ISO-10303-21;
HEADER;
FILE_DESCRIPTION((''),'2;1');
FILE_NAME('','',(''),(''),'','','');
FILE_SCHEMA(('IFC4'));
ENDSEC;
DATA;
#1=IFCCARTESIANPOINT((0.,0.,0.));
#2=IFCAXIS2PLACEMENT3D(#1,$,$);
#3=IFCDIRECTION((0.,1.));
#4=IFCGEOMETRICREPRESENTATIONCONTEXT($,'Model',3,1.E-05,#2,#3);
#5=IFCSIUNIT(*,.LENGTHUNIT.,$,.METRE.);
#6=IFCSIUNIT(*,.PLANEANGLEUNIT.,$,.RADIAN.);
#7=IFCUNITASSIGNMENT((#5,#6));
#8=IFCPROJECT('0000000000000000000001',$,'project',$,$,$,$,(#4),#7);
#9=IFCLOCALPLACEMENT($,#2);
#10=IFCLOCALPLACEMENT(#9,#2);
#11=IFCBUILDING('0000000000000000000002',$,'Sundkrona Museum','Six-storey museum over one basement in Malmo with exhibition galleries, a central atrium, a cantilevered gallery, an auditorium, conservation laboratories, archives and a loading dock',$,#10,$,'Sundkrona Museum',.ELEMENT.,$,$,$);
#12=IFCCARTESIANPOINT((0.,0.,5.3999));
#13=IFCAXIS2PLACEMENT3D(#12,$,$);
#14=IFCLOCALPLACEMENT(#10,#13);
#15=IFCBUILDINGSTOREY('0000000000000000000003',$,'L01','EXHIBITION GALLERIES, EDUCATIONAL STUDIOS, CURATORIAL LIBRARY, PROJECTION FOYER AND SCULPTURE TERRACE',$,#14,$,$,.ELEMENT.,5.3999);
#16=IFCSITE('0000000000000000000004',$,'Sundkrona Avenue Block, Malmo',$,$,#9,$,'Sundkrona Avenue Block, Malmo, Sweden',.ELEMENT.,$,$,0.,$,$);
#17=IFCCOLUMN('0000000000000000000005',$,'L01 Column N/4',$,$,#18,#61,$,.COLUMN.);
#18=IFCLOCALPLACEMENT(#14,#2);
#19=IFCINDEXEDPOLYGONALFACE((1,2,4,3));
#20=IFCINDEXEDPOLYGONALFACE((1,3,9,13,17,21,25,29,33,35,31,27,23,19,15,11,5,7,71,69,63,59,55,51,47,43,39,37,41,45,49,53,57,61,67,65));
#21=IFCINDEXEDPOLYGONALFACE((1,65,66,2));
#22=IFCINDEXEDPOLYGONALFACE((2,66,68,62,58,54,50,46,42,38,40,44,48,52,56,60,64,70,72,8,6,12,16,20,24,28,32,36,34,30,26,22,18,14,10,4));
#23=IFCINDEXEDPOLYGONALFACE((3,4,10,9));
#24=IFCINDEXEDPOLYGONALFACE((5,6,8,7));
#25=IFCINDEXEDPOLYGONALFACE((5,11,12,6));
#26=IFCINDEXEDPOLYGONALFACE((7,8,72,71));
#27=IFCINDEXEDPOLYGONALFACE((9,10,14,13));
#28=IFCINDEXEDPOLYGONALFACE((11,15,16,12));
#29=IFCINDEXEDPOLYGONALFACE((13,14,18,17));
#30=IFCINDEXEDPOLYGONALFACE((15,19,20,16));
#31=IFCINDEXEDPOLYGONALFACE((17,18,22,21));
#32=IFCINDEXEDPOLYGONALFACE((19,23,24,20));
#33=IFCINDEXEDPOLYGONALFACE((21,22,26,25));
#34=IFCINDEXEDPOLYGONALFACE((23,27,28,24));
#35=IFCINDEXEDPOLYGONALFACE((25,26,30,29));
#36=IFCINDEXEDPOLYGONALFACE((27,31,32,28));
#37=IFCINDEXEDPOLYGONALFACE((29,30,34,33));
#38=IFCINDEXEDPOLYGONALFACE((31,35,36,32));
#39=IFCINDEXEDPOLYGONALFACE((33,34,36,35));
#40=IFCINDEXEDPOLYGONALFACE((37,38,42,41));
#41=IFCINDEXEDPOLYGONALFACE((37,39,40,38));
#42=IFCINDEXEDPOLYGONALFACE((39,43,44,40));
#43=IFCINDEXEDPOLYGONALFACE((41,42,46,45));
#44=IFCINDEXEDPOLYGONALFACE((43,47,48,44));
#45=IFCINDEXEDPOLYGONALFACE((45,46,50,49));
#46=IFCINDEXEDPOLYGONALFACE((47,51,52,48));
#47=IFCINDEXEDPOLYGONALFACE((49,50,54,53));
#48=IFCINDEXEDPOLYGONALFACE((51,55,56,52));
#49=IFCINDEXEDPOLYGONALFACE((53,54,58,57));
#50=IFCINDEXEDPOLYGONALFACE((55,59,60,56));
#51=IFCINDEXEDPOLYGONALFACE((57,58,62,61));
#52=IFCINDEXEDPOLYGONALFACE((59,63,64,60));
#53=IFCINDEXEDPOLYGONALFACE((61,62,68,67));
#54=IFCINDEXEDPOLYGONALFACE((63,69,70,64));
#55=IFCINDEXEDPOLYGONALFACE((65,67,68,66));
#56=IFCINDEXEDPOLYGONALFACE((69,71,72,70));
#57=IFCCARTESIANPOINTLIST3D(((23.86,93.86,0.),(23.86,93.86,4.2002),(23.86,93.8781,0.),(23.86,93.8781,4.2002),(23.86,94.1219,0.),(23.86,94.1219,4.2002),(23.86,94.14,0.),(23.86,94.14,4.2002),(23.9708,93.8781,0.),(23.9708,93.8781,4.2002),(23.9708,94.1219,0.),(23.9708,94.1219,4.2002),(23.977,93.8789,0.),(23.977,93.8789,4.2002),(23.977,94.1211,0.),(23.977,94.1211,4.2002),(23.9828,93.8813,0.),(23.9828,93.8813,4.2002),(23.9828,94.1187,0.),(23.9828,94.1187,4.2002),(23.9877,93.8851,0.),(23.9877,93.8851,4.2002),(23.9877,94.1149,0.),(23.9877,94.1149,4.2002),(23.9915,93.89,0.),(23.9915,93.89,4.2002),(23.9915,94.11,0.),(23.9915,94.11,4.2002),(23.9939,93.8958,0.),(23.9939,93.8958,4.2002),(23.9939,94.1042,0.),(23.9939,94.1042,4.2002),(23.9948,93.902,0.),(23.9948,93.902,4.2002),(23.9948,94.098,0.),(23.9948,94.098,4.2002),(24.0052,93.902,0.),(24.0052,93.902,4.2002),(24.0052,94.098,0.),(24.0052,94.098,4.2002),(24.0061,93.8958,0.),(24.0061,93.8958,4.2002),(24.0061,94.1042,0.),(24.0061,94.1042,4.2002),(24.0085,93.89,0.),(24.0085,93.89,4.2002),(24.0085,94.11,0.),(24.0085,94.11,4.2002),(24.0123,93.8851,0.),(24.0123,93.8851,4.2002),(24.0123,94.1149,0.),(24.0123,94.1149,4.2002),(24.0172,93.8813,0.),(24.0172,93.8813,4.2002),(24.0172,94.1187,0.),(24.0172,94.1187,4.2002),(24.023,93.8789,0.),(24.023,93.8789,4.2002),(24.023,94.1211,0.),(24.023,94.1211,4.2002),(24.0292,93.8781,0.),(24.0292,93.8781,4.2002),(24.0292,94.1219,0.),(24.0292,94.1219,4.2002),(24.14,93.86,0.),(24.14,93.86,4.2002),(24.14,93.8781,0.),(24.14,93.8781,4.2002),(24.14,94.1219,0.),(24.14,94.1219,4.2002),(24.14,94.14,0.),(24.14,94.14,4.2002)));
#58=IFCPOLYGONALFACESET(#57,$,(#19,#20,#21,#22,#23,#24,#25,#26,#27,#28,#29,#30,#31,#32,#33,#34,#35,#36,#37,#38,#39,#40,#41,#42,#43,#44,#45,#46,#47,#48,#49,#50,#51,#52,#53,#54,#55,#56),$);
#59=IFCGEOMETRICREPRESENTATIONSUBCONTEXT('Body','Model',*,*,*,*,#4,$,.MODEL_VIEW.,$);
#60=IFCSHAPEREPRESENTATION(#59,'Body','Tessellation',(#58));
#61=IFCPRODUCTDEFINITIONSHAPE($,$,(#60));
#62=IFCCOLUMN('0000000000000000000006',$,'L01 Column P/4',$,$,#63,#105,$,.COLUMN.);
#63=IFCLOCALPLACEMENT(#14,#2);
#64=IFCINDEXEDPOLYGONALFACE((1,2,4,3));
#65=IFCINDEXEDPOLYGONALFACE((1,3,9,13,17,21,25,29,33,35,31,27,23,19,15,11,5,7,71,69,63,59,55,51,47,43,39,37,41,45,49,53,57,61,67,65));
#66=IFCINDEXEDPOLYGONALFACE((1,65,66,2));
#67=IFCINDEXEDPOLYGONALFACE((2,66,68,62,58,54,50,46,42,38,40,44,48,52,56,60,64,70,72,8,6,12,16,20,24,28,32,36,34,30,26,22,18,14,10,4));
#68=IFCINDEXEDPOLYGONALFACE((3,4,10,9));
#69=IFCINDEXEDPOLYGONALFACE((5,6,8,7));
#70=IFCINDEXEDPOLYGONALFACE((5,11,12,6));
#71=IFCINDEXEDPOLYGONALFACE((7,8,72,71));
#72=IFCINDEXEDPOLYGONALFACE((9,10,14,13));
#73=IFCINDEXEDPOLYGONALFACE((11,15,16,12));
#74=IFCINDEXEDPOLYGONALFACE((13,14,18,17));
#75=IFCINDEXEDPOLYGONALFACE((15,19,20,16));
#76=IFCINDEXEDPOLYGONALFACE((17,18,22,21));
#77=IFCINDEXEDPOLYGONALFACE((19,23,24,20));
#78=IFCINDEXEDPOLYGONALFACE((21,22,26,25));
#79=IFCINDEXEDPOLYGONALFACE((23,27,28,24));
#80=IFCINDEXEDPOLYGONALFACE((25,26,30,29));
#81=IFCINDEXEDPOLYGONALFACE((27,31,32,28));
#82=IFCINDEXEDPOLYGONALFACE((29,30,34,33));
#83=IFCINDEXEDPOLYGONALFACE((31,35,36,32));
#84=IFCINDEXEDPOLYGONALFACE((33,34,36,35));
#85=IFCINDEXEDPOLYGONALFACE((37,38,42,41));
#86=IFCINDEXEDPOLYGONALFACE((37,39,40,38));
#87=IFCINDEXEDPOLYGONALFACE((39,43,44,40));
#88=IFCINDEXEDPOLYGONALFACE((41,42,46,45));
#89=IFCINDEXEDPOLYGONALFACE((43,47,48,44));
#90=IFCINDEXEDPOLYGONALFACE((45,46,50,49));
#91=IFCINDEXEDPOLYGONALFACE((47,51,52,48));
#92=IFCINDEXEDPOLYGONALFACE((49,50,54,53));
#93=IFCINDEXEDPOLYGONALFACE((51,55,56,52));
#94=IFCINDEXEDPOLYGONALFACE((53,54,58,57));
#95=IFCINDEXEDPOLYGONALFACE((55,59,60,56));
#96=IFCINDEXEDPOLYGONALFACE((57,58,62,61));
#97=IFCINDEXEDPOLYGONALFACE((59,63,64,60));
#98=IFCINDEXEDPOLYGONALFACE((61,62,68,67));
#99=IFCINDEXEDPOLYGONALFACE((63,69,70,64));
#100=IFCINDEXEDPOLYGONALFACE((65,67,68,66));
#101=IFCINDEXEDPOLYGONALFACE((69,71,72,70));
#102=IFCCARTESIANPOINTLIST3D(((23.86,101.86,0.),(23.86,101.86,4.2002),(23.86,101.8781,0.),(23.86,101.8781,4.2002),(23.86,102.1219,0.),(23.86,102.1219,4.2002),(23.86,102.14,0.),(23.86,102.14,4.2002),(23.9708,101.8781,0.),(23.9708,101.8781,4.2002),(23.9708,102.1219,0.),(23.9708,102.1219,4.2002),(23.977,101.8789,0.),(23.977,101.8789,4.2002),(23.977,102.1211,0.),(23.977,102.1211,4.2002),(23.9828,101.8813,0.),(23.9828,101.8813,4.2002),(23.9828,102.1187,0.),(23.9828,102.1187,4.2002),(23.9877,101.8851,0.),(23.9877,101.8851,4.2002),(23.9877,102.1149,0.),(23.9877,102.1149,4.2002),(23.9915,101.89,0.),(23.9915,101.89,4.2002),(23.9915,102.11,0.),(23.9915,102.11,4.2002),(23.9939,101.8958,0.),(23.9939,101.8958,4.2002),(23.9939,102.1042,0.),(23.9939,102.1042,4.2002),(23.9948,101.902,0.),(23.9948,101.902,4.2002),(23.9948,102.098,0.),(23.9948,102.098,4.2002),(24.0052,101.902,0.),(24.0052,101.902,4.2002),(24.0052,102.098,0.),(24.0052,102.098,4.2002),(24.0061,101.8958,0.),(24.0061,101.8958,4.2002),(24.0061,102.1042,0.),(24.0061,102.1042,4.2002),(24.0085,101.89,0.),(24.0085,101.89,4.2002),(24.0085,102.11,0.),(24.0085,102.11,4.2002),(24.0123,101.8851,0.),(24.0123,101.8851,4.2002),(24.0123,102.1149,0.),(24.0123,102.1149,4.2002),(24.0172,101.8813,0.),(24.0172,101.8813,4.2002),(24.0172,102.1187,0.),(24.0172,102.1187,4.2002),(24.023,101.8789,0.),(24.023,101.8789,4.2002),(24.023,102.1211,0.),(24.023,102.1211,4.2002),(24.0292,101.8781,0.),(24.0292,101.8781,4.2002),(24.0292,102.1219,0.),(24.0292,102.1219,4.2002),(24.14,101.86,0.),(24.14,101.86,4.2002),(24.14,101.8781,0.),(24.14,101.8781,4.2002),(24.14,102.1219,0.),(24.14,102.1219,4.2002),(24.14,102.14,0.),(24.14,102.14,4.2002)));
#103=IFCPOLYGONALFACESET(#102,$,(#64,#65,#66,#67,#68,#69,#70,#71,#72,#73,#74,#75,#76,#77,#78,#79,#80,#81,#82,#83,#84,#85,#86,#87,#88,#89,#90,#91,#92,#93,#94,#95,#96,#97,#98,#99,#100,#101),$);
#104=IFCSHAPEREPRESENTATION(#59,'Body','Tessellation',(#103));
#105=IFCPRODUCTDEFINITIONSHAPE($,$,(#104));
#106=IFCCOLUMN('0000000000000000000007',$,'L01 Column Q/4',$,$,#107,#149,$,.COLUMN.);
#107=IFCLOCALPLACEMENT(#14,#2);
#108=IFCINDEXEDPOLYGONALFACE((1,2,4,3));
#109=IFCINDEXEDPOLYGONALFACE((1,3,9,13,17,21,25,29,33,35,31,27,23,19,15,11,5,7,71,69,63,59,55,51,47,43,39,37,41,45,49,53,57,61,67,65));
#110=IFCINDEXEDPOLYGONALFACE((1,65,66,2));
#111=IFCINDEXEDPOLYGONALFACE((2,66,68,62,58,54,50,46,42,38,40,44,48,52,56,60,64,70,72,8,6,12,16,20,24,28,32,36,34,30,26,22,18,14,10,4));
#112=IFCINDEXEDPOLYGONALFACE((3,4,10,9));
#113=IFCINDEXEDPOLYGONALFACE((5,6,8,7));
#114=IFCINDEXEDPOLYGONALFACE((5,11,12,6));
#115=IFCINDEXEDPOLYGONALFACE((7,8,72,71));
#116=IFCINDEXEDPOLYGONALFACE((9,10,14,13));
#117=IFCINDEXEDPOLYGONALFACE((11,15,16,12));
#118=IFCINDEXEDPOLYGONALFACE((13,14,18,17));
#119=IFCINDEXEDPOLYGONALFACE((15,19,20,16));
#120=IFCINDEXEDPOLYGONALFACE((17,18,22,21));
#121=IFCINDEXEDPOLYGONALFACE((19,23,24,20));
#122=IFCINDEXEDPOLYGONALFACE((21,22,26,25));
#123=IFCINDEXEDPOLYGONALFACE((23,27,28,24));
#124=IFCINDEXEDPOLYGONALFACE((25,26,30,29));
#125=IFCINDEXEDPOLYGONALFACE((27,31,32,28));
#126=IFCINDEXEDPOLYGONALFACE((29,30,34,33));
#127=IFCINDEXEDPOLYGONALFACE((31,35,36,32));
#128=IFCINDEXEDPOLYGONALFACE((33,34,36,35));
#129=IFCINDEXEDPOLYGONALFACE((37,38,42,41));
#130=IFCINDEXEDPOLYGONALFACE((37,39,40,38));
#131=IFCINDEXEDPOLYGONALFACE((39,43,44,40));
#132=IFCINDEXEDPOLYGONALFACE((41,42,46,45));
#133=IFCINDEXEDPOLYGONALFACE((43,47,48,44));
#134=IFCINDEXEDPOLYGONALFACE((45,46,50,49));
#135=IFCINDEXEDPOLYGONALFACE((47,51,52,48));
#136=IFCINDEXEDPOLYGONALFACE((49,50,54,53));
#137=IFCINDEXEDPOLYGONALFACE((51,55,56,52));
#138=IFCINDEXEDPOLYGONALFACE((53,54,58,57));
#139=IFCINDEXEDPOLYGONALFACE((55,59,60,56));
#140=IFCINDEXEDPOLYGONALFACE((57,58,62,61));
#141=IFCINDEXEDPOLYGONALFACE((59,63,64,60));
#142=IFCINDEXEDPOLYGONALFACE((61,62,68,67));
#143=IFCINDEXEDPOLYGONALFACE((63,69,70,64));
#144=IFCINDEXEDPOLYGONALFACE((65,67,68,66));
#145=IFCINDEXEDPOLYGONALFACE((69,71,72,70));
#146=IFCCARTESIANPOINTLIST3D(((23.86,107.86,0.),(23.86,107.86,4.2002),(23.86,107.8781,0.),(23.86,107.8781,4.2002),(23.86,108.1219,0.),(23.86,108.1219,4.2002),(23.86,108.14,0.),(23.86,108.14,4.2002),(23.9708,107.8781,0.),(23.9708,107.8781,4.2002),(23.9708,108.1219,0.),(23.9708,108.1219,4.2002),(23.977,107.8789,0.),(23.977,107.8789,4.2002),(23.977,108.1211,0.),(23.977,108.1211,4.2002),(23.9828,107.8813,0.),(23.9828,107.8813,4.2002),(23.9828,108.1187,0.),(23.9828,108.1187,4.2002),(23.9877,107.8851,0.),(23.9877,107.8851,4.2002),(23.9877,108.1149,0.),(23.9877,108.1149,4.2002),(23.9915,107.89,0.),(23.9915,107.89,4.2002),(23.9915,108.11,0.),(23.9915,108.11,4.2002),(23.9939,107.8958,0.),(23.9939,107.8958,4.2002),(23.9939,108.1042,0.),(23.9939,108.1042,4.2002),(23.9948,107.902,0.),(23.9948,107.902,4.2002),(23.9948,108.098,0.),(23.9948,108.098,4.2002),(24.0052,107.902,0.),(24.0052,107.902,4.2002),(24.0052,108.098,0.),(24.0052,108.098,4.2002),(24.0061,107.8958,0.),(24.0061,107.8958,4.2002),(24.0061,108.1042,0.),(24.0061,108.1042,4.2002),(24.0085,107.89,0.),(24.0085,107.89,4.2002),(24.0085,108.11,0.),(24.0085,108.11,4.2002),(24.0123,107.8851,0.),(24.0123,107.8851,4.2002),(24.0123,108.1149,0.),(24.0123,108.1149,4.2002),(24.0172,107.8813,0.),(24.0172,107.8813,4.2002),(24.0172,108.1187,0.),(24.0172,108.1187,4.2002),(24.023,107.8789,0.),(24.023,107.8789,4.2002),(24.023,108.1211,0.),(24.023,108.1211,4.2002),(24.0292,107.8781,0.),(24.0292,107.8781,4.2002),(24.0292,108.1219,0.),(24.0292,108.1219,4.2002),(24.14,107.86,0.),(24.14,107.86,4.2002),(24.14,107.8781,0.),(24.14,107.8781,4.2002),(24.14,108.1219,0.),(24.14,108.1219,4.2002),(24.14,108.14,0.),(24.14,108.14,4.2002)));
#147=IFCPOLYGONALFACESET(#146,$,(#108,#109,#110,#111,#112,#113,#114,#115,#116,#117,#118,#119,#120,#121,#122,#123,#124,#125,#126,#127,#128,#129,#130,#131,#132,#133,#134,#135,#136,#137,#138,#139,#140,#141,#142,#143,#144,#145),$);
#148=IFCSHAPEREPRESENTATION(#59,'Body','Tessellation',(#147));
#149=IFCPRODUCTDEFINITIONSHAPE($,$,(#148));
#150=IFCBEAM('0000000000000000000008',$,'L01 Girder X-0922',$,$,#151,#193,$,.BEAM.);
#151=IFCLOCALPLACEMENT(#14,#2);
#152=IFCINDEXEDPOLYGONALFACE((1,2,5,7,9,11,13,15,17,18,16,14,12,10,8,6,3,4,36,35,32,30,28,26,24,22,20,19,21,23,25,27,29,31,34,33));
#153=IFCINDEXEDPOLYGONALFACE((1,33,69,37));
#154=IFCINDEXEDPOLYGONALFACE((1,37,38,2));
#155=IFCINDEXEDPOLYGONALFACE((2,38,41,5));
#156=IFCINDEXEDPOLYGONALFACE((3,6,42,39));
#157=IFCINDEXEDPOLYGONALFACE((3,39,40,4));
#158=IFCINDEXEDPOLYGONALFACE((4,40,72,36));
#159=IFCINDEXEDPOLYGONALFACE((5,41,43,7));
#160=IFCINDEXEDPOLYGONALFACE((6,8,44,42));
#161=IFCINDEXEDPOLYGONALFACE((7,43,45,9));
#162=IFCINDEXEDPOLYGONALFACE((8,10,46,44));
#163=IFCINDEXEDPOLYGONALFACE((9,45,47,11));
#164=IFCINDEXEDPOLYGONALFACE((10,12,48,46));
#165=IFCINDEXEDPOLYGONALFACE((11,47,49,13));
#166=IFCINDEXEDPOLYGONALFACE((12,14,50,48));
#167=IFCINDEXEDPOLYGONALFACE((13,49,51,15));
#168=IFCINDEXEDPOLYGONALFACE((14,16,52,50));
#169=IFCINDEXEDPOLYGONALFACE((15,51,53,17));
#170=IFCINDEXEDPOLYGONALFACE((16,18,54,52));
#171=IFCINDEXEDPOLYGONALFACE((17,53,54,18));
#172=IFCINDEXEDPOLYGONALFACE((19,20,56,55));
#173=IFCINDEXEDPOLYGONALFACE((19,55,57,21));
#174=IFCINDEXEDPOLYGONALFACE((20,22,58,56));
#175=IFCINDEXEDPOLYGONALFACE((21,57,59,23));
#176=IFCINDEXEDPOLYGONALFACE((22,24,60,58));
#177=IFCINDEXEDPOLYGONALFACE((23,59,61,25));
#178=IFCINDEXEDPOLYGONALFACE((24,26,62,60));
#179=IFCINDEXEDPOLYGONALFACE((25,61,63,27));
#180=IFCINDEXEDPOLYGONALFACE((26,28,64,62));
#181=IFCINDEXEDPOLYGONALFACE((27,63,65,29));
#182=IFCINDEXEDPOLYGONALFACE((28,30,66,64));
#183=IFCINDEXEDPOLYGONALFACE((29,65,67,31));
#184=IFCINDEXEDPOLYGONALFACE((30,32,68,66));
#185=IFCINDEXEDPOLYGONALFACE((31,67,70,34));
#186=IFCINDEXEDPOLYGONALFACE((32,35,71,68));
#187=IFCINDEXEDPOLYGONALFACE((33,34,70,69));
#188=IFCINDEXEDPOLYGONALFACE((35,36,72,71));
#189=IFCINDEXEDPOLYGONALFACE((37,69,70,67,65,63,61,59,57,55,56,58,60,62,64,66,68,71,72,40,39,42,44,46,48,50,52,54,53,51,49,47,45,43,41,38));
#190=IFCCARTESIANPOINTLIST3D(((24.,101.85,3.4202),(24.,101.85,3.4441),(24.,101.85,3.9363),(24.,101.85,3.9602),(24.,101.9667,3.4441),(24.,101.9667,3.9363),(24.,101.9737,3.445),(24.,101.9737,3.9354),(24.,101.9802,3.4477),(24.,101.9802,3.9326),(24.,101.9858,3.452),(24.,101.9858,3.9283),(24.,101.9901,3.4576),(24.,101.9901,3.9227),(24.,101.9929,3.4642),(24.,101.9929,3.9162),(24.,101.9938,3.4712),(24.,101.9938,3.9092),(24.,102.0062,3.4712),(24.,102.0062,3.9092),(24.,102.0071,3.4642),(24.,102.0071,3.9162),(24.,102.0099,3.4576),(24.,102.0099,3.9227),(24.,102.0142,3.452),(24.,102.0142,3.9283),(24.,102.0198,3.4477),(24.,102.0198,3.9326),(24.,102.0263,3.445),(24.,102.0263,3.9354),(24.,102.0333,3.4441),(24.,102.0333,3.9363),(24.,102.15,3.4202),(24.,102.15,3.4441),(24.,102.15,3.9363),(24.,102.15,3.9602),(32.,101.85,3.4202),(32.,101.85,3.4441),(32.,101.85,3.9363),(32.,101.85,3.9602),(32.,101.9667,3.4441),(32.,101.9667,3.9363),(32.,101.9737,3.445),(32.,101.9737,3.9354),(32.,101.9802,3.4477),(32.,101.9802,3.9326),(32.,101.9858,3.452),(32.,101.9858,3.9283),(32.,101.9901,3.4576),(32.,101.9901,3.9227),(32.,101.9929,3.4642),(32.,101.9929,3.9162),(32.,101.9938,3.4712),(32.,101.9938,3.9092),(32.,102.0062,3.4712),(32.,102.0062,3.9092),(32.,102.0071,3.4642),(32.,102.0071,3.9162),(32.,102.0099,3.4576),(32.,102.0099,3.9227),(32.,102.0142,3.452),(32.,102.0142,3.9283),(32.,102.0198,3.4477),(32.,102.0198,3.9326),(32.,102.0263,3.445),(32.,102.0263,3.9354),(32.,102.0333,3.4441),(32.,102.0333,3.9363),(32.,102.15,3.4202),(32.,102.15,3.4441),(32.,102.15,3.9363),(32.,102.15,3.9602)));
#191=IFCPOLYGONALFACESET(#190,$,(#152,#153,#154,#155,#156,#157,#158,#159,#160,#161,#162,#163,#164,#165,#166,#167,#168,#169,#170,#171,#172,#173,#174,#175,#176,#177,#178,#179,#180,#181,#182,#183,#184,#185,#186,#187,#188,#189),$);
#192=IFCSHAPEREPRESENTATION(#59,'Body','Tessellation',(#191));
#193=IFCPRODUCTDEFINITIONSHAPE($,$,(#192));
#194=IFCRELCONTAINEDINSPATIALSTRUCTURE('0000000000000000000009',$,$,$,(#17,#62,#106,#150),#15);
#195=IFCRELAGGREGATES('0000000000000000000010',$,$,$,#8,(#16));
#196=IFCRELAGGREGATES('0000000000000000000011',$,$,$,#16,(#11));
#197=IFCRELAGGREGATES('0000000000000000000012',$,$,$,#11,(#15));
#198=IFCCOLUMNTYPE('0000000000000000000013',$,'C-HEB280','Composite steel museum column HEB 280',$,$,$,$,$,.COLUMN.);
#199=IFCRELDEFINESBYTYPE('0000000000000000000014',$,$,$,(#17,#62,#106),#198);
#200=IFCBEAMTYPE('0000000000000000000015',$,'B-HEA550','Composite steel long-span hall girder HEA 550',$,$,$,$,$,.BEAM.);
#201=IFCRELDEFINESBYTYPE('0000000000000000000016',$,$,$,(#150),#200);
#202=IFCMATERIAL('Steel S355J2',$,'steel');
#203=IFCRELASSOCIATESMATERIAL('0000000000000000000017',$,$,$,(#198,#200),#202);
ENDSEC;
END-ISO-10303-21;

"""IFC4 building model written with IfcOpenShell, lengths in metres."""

from ifc_helpers import new_model, si_unit, direction, frame, origin, origin_2d, place, context, subcontext, project, spatial, i_section, extrude, material, material_profile, profile_set, type_object, element, save


model = new_model("IFC4")

# Units and contexts
model_context = context("Model", 3, precision=1e-05, world=origin(), true_north=direction((0.0, 1.0)))
body_context = subcontext(model_context, "Body", "Model", "MODEL_VIEW")
ifc_project = project(units=[si_unit("LENGTHUNIT", "METRE"), si_unit("PLANEANGLEUNIT", "RADIAN")], contexts=[model_context])

# Site, building, storey
site_placement = place(None, origin())
site = spatial("IfcSite", under=ifc_project, at=site_placement, Name="Sundkrona Avenue Block, Malmo", LongName="Sundkrona Avenue Block, Malmo, Sweden", CompositionType="ELEMENT", RefElevation=0.0)
building_placement = place(site_placement, origin())
building = spatial("IfcBuilding", under=site, at=building_placement, Name="Sundkrona Museum", Description="Six-storey museum over one basement in Malmo with exhibition galleries, a central atrium, a cantilevered gallery, an auditorium, conservation laboratories, archives and a loading dock", LongName="Sundkrona Museum", CompositionType="ELEMENT")
storey_placement = place(building_placement, frame((0.0, 0.0, 5.3999)))
storey = spatial("IfcBuildingStorey", under=building, at=storey_placement, Name="L01", Description="EXHIBITION GALLERIES, EDUCATIONAL STUDIOS, CURATORIAL LIBRARY, PROJECTION FOYER AND SCULPTURE TERRACE", CompositionType="ELEMENT", Elevation=5.3999)

# Columns
ifc_material_1 = material(Name="Steel S355J2", Category="steel")
ifc_material_profile_1 = material_profile(ifc_material_1, i_section(OverallWidth=0.28, OverallDepth=0.28, WebThickness=0.0105, FlangeThickness=0.0181, FilletRadius=0.0239, at=origin_2d()), Name="HEB 280")
ifc_profile_set_1 = profile_set([ifc_material_profile_1], Name="Steel S355J2")
column_type = type_object("IfcColumnType", Name="C-HEB280", Description="Composite steel museum column HEB 280", PredefinedType="COLUMN", material=ifc_profile_set_1)
for number, where, z_axis, x_axis, name in (
    (1, (24.0, 94.0, 0.0), (0.0, 0.0, 1.0), (1.0, 0.0, 0.0), "L01 Column N/4"),
    (2, (24.0, 102.0, 0.0), (0.0, 0.0, 1.0), (1.0, 0.0, 0.0), "L01 Column P/4"),
    (3, (24.0, 108.0, 0.0), (0.0, 0.0, 1.0), (1.0, 0.0, 0.0), "L01 Column Q/4"),
):
    element("IfcColumn", number, at=place(storey_placement, frame(where, z_axis=z_axis, x_axis=x_axis)), inside=storey, type_object=column_type, Name=name, PredefinedType="COLUMN", context=body_context, shape_type="SweptSolid", body=[
        extrude(i_section(OverallWidth=0.28, OverallDepth=0.28, WebThickness=0.0105, FlangeThickness=0.0181, FilletRadius=0.0239, at=origin_2d()), origin(), (0.0, 0.0, 1.0), 4.2002),
    ])

# Beam
ifc_material_profile_2 = material_profile(ifc_material_1, i_section(OverallWidth=0.3, OverallDepth=0.54, WebThickness=0.0125, FlangeThickness=0.0239, FilletRadius=0.0271, at=origin_2d()), Name="HEA 550")
ifc_profile_set_2 = profile_set([ifc_material_profile_2], Name="Steel S355J2")
beam_type_1 = type_object("IfcBeamType", Name="B-HEA550", Description="Composite steel long-span hall girder HEA 550", PredefinedType="BEAM", material=ifc_profile_set_2)
for number, where, z_axis, x_axis, name in (
    (4, (24.0, 102.0, 3.6902), (1.0, 0.0, 0.0), (0.0, 1.0, 0.0), "L01 Girder X-0922"),
):
    element("IfcBeam", number, at=place(storey_placement, frame(where, z_axis=z_axis, x_axis=x_axis)), inside=storey, type_object=beam_type_1, Name=name, PredefinedType="BEAM", context=body_context, shape_type="SweptSolid", body=[
        extrude(i_section(OverallWidth=0.3, OverallDepth=0.54, WebThickness=0.0125, FlangeThickness=0.0239, FilletRadius=0.0271, at=origin_2d()), origin(), (0.0, 0.0, 1.0), 8.0),
    ])

save(model, "model.ifc")
